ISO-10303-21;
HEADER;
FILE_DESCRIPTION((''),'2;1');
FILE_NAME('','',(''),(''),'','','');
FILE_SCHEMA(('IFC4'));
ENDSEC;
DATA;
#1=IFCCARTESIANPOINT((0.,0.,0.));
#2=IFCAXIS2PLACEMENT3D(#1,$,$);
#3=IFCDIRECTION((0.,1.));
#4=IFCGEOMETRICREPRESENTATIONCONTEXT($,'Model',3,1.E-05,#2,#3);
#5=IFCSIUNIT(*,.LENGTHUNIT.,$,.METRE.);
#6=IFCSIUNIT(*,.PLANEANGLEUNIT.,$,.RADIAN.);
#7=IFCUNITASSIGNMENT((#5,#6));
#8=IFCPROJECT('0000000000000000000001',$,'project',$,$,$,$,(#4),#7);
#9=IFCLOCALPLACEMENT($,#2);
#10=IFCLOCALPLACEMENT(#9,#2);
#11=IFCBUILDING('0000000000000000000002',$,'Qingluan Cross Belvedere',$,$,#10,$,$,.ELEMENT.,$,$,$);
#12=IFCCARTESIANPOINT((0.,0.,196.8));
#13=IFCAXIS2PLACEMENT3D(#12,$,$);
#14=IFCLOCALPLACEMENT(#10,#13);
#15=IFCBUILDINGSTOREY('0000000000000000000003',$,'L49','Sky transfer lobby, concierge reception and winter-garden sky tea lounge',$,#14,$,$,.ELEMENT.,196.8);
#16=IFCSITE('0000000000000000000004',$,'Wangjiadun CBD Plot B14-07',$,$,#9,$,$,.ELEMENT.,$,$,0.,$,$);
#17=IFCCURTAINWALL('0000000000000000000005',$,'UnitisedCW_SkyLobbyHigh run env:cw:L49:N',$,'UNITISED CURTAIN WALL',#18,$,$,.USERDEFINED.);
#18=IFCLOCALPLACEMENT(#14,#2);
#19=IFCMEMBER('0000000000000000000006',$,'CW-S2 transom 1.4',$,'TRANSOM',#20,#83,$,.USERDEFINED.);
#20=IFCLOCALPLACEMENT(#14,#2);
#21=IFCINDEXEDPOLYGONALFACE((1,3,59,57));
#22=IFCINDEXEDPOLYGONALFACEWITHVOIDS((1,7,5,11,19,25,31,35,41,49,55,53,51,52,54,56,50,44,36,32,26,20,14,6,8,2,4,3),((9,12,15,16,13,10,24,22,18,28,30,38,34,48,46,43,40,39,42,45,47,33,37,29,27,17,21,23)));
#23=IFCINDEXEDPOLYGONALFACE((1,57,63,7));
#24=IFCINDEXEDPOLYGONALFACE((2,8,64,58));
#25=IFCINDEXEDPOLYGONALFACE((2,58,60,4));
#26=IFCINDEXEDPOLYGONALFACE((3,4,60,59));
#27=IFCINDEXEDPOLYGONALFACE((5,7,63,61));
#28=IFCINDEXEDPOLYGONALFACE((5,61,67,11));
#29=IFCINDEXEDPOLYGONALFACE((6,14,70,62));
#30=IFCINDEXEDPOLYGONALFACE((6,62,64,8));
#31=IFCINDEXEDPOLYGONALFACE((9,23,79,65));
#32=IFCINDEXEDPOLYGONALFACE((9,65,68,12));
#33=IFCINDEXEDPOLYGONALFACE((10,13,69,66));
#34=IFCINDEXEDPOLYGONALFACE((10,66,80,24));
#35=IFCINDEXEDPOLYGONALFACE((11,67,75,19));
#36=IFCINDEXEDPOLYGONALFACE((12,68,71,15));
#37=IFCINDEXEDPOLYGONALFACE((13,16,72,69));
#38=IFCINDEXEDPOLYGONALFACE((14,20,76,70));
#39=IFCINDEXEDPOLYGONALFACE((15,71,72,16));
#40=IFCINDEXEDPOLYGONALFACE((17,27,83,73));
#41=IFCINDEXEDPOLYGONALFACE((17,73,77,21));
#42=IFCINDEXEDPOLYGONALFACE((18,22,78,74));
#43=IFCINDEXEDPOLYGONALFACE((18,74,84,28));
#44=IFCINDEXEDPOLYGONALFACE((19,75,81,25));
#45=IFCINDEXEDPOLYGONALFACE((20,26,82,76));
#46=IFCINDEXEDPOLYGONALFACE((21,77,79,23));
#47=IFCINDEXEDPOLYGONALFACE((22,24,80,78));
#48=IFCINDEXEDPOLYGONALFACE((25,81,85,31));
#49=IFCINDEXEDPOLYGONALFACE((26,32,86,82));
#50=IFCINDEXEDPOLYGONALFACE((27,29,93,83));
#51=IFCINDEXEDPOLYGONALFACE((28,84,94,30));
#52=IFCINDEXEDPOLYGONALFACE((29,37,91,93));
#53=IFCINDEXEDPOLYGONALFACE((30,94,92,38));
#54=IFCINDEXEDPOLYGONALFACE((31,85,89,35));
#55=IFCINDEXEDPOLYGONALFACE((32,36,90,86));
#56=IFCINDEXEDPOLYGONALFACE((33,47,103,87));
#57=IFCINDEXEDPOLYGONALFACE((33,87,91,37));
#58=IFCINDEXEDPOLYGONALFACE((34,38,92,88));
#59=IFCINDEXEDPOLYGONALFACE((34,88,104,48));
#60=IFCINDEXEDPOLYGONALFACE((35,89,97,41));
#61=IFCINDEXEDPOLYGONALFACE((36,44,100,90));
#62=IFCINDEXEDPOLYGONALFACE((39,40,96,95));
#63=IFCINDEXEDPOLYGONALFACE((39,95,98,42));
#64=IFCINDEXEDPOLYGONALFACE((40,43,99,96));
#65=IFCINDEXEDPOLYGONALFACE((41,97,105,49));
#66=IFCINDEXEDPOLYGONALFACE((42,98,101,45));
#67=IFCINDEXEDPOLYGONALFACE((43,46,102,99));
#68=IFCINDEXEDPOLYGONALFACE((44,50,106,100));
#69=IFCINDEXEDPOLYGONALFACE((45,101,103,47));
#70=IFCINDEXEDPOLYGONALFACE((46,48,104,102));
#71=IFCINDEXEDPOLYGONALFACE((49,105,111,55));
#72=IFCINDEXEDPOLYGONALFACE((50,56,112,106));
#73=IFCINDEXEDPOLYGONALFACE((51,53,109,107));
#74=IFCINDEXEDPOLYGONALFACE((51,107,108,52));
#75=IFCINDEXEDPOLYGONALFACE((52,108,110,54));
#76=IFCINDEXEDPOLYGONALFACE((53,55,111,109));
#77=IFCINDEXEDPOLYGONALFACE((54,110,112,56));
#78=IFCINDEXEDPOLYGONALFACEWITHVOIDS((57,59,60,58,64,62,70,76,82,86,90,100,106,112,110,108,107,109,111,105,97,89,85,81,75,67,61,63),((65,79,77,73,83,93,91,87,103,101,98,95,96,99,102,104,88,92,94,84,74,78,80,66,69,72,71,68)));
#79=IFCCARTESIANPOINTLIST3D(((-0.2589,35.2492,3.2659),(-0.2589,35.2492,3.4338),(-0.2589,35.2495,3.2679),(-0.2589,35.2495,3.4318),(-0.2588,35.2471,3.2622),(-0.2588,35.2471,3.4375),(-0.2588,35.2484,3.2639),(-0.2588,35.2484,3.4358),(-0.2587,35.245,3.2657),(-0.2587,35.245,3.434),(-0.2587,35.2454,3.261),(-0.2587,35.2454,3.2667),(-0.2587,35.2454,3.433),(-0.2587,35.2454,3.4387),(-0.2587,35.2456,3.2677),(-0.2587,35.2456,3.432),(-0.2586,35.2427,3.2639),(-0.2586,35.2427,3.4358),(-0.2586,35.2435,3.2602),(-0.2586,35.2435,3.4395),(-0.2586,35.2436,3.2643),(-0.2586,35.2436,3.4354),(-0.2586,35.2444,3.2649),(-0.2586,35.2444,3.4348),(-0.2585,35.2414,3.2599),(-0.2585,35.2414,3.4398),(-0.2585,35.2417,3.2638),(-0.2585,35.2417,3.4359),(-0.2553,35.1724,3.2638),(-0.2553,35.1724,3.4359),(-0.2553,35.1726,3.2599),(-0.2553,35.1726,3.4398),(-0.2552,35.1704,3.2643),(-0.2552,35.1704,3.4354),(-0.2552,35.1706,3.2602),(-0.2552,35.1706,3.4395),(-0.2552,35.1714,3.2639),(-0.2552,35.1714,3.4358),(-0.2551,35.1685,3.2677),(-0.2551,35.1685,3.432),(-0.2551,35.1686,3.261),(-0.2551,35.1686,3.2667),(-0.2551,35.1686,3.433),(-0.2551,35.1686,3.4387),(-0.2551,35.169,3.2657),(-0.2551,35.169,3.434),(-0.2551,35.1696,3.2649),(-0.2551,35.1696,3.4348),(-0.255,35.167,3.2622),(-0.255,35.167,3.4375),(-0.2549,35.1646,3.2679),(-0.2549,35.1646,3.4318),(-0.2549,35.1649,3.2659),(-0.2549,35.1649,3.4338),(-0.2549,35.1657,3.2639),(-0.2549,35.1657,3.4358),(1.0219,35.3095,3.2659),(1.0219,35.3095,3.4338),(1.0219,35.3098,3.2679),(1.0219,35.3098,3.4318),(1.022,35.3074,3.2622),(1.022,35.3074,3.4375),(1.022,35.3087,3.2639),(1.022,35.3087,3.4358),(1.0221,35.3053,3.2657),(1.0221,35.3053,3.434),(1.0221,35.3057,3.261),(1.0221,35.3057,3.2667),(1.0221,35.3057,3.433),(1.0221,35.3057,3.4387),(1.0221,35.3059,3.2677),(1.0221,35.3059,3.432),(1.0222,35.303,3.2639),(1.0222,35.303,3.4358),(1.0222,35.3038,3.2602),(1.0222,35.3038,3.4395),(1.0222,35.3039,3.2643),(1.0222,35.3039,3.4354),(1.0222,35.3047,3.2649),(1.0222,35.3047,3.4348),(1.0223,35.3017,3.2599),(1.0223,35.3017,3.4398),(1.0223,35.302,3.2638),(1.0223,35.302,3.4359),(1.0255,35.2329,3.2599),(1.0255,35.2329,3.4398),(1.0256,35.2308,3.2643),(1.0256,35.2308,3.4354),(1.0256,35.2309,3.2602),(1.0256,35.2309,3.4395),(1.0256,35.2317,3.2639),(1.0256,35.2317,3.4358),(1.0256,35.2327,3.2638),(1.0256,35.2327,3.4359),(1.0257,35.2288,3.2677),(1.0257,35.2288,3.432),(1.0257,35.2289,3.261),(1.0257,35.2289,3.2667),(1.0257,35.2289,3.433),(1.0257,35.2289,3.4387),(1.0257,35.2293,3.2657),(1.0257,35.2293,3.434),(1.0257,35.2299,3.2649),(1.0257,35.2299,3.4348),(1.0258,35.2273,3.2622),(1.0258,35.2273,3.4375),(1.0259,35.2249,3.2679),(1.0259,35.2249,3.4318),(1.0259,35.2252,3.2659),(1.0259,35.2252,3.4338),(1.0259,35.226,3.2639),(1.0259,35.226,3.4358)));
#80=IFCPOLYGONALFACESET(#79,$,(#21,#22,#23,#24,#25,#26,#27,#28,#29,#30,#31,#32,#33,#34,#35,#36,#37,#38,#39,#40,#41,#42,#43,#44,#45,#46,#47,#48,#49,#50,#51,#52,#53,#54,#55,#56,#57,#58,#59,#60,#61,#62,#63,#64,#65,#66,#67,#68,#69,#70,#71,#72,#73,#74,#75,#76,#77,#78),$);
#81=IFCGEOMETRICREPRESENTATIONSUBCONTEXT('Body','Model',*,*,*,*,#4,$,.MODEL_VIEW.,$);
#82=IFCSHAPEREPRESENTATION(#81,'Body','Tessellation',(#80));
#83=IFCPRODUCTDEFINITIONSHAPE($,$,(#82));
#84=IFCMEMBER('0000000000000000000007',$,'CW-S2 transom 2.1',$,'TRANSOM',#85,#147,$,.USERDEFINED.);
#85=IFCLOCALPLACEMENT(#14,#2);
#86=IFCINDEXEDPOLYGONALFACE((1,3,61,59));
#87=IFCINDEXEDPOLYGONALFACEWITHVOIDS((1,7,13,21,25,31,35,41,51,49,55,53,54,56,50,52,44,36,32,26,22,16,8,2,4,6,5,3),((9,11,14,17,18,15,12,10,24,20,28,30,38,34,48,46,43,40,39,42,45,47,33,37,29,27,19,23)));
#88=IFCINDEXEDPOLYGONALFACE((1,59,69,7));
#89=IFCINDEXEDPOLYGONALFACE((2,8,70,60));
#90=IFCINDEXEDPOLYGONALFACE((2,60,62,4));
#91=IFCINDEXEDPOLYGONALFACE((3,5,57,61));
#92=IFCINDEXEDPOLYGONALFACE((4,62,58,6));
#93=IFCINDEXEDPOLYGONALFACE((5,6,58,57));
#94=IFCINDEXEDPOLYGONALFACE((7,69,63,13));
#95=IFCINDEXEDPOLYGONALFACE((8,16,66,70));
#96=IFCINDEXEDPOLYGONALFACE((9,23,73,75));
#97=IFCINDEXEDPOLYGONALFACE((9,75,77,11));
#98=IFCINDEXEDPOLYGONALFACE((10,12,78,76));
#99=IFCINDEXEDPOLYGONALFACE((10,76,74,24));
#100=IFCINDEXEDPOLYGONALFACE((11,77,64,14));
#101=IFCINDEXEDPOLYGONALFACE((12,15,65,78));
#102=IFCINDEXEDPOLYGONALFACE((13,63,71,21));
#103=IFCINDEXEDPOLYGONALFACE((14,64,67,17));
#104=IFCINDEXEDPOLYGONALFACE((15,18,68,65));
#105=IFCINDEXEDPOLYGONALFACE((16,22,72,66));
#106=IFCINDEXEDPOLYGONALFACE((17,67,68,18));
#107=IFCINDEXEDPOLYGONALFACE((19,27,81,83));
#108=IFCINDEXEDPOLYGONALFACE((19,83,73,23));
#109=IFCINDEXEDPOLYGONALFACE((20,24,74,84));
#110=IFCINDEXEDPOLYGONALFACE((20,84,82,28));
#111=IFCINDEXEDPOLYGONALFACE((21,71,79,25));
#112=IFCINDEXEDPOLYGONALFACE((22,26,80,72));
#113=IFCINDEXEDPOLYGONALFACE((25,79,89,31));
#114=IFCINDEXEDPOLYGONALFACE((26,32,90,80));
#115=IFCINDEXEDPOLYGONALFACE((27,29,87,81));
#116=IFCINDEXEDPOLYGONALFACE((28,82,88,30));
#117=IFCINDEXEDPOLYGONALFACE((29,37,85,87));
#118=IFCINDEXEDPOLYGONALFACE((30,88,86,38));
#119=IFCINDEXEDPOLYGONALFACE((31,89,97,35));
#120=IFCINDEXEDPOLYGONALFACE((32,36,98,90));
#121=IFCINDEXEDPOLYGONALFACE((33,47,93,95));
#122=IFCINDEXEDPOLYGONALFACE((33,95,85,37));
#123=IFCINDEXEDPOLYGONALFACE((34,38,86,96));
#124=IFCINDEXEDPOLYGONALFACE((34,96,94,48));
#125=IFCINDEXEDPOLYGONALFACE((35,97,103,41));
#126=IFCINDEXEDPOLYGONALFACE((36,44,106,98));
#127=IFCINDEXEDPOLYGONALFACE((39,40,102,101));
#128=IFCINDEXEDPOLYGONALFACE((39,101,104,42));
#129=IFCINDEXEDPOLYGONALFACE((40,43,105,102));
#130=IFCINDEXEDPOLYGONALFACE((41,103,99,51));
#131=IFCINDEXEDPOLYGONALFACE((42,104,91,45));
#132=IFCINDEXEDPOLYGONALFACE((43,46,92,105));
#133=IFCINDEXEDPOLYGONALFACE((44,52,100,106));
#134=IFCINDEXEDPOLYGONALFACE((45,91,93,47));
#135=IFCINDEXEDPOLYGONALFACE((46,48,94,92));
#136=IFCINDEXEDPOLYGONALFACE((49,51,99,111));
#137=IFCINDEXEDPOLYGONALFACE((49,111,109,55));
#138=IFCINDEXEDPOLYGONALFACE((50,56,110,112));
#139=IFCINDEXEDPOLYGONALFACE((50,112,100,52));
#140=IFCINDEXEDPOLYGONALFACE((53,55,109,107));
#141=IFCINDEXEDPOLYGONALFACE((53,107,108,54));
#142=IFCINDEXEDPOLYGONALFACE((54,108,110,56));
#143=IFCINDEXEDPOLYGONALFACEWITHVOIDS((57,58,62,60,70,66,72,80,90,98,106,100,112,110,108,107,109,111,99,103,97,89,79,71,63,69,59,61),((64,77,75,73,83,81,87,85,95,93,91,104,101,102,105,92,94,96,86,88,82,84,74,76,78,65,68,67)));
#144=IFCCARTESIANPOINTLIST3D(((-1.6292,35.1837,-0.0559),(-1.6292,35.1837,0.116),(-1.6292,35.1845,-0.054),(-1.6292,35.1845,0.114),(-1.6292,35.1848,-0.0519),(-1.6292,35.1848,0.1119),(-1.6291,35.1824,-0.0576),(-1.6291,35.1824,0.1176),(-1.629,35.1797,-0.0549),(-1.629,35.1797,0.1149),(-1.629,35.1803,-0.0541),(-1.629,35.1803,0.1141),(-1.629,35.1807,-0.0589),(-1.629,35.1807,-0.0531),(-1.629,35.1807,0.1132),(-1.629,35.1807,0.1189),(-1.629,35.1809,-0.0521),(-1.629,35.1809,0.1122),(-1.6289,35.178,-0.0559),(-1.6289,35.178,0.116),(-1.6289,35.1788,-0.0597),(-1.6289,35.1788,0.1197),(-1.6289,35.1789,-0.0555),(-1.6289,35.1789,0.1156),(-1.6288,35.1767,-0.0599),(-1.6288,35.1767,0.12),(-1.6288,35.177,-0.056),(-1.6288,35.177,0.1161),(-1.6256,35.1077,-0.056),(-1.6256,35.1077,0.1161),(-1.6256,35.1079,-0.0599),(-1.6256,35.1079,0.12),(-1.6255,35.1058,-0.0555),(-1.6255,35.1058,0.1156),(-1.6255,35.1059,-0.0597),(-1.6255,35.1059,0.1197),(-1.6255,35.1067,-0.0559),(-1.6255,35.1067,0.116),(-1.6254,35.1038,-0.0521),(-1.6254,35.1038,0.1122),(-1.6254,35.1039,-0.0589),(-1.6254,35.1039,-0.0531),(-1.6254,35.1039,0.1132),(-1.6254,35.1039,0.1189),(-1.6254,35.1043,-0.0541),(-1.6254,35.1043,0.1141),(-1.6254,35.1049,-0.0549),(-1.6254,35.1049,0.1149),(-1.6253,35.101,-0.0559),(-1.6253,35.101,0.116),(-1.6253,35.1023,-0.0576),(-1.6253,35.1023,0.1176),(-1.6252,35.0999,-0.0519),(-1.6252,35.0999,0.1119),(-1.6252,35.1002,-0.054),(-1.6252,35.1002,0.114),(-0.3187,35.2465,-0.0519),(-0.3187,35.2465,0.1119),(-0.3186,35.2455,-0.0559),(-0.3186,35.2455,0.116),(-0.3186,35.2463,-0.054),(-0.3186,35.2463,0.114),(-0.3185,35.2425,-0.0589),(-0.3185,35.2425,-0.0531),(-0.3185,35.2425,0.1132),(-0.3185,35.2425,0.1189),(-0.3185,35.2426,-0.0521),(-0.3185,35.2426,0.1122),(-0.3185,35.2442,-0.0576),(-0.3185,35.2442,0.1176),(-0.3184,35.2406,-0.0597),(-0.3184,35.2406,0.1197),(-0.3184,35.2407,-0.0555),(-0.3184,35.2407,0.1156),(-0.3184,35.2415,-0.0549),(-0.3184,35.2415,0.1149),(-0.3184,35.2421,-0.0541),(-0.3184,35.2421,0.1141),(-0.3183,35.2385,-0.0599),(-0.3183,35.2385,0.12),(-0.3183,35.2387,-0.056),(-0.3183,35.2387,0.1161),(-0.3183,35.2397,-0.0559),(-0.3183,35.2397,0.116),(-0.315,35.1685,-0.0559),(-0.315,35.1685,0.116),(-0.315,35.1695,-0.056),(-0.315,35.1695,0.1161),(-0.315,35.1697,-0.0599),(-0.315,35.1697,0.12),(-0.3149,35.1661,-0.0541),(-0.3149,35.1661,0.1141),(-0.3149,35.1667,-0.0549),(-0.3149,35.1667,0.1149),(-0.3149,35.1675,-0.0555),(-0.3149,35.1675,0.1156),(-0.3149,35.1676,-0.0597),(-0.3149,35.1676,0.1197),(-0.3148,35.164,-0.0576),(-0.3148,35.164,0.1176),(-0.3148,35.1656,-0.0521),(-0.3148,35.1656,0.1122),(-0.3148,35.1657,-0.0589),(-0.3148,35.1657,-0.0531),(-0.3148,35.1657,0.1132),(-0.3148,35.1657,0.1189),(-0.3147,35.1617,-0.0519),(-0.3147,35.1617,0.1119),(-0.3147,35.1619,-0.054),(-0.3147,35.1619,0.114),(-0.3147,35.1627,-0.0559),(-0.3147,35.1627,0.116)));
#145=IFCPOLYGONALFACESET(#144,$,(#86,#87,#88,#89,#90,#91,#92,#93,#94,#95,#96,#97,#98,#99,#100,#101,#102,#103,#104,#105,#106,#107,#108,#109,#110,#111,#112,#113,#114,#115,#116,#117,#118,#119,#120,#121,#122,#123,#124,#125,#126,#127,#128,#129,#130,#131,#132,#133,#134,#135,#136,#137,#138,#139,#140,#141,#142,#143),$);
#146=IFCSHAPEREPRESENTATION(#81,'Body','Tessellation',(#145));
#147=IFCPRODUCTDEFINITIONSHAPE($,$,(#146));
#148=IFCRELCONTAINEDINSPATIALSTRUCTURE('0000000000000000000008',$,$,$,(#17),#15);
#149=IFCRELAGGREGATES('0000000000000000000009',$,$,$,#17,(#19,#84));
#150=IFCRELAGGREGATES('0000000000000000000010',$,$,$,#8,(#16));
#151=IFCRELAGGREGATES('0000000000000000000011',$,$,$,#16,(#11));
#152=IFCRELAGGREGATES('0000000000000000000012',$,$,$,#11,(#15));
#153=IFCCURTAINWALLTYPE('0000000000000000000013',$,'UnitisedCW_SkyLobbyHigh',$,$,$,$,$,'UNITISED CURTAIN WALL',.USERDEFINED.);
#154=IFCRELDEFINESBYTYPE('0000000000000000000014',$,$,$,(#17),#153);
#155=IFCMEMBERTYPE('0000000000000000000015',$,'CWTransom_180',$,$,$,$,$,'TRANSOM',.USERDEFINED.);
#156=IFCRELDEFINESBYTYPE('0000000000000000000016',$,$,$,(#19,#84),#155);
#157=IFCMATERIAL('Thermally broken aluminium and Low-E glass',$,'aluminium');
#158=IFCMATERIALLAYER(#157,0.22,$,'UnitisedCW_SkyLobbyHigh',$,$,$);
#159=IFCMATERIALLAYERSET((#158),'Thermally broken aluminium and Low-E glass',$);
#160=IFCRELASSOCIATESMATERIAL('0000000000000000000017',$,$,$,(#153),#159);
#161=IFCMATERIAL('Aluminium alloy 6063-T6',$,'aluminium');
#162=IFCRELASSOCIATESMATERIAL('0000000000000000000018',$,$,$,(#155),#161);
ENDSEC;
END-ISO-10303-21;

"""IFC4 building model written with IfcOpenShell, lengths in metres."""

from ifc_helpers import new_model, si_unit, direction, frame, origin, origin_2d, place, context, subcontext, project, spatial, hollow_rectangle, extrude, material, layer, layer_set, material_profile, profile_set, type_object, element, aggregate, save


model = new_model("IFC4")

# Units and contexts
model_context = context("Model", 3, precision=1e-05, world=origin(), true_north=direction((0.0, 1.0)))
body_context = subcontext(model_context, "Body", "Model", "MODEL_VIEW")
ifc_project = project(units=[si_unit("LENGTHUNIT", "METRE"), si_unit("PLANEANGLEUNIT", "RADIAN")], contexts=[model_context])

# Site, building, storey
site_placement = place(None, origin())
site = spatial("IfcSite", under=ifc_project, at=site_placement, Name="Wangjiadun CBD Plot B14-07", CompositionType="ELEMENT", RefElevation=0.0)
building_placement = place(site_placement, origin())
building = spatial("IfcBuilding", under=site, at=building_placement, Name="Qingluan Cross Belvedere", CompositionType="ELEMENT")
storey_placement = place(building_placement, frame((0.0, 0.0, 196.8)))
storey = spatial("IfcBuildingStorey", under=building, at=storey_placement, Name="L49", Description="Sky transfer lobby, concierge reception and winter-garden sky tea lounge", CompositionType="ELEMENT", Elevation=196.8)

# Curtain wall, members
ifc_material_1 = material(Name="Thermally broken aluminium and Low-E glass", Category="aluminium")
ifc_layer_1 = layer(ifc_material_1, 0.22, Name="UnitisedCW_SkyLobbyHigh")
ifc_layer_set_1 = layer_set([ifc_layer_1], Name="Thermally broken aluminium and Low-E glass")
curtain_wall_type = type_object("IfcCurtainWallType", Name="UnitisedCW_SkyLobbyHigh", ElementType="UNITISED CURTAIN WALL", PredefinedType="USERDEFINED", material=ifc_layer_set_1)
curtain_wall_placement = place(storey_placement, origin())
curtain_wall = element("IfcCurtainWall", 1, at=curtain_wall_placement, inside=storey, type_object=curtain_wall_type, Name="UnitisedCW_SkyLobbyHigh run env:cw:L49:N", ObjectType="UNITISED CURTAIN WALL", PredefinedType="USERDEFINED")
ifc_material_2 = material(Name="Aluminium alloy 6063-T6", Category="aluminium")
ifc_material_profile_1 = material_profile(ifc_material_2, hollow_rectangle(XDim=0.085, YDim=0.1799, WallThickness=0.0039, InnerFilletRadius=0.0039, OuterFilletRadius=0.0081, at=origin_2d()), Name="CWT180x85x4")
ifc_profile_set_1 = profile_set([ifc_material_profile_1], Name="Aluminium alloy 6063-T6")
member_type_1 = type_object("IfcMemberType", Name="CWTransom_180", ElementType="TRANSOM", PredefinedType="USERDEFINED", material=ifc_profile_set_1)
member_1_placement = place(storey_placement, frame((1.0239, 35.2673, 3.3499), z_axis=(-0.998893, -0.047031, 0.0), x_axis=(0.047031, -0.998893, 0.0)))
member_1 = element("IfcMember", 2, at=member_1_placement, type_object=member_type_1, Name="CW-S2 transom 1.4", ObjectType="TRANSOM", PredefinedType="USERDEFINED", context=body_context, shape_type="SweptSolid", body=[
    extrude(hollow_rectangle(XDim=0.085, YDim=0.1799, WallThickness=0.0039, InnerFilletRadius=0.0039, OuterFilletRadius=0.0081, at=origin_2d()), origin(), (0.0, 0.0, 1.0), 1.2822),
])
member_2_placement = place(storey_placement, frame((-0.3167, 35.2041, 0.03), z_axis=(-0.998891, -0.047079, 0.0), x_axis=(0.047079, -0.998891, 0.0)))
member_2 = element("IfcMember", 3, at=member_2_placement, type_object=member_type_1, Name="CW-S2 transom 2.1", ObjectType="TRANSOM", PredefinedType="USERDEFINED", context=body_context, shape_type="SweptSolid", body=[
    extrude(hollow_rectangle(XDim=0.085, YDim=0.1799, WallThickness=0.0039, InnerFilletRadius=0.0039, OuterFilletRadius=0.0081, at=origin_2d()), origin(), (0.0, 0.0, 1.0), 1.312),
])
aggregate(curtain_wall, [member_1, member_2])

save(model, "model.ifc")
